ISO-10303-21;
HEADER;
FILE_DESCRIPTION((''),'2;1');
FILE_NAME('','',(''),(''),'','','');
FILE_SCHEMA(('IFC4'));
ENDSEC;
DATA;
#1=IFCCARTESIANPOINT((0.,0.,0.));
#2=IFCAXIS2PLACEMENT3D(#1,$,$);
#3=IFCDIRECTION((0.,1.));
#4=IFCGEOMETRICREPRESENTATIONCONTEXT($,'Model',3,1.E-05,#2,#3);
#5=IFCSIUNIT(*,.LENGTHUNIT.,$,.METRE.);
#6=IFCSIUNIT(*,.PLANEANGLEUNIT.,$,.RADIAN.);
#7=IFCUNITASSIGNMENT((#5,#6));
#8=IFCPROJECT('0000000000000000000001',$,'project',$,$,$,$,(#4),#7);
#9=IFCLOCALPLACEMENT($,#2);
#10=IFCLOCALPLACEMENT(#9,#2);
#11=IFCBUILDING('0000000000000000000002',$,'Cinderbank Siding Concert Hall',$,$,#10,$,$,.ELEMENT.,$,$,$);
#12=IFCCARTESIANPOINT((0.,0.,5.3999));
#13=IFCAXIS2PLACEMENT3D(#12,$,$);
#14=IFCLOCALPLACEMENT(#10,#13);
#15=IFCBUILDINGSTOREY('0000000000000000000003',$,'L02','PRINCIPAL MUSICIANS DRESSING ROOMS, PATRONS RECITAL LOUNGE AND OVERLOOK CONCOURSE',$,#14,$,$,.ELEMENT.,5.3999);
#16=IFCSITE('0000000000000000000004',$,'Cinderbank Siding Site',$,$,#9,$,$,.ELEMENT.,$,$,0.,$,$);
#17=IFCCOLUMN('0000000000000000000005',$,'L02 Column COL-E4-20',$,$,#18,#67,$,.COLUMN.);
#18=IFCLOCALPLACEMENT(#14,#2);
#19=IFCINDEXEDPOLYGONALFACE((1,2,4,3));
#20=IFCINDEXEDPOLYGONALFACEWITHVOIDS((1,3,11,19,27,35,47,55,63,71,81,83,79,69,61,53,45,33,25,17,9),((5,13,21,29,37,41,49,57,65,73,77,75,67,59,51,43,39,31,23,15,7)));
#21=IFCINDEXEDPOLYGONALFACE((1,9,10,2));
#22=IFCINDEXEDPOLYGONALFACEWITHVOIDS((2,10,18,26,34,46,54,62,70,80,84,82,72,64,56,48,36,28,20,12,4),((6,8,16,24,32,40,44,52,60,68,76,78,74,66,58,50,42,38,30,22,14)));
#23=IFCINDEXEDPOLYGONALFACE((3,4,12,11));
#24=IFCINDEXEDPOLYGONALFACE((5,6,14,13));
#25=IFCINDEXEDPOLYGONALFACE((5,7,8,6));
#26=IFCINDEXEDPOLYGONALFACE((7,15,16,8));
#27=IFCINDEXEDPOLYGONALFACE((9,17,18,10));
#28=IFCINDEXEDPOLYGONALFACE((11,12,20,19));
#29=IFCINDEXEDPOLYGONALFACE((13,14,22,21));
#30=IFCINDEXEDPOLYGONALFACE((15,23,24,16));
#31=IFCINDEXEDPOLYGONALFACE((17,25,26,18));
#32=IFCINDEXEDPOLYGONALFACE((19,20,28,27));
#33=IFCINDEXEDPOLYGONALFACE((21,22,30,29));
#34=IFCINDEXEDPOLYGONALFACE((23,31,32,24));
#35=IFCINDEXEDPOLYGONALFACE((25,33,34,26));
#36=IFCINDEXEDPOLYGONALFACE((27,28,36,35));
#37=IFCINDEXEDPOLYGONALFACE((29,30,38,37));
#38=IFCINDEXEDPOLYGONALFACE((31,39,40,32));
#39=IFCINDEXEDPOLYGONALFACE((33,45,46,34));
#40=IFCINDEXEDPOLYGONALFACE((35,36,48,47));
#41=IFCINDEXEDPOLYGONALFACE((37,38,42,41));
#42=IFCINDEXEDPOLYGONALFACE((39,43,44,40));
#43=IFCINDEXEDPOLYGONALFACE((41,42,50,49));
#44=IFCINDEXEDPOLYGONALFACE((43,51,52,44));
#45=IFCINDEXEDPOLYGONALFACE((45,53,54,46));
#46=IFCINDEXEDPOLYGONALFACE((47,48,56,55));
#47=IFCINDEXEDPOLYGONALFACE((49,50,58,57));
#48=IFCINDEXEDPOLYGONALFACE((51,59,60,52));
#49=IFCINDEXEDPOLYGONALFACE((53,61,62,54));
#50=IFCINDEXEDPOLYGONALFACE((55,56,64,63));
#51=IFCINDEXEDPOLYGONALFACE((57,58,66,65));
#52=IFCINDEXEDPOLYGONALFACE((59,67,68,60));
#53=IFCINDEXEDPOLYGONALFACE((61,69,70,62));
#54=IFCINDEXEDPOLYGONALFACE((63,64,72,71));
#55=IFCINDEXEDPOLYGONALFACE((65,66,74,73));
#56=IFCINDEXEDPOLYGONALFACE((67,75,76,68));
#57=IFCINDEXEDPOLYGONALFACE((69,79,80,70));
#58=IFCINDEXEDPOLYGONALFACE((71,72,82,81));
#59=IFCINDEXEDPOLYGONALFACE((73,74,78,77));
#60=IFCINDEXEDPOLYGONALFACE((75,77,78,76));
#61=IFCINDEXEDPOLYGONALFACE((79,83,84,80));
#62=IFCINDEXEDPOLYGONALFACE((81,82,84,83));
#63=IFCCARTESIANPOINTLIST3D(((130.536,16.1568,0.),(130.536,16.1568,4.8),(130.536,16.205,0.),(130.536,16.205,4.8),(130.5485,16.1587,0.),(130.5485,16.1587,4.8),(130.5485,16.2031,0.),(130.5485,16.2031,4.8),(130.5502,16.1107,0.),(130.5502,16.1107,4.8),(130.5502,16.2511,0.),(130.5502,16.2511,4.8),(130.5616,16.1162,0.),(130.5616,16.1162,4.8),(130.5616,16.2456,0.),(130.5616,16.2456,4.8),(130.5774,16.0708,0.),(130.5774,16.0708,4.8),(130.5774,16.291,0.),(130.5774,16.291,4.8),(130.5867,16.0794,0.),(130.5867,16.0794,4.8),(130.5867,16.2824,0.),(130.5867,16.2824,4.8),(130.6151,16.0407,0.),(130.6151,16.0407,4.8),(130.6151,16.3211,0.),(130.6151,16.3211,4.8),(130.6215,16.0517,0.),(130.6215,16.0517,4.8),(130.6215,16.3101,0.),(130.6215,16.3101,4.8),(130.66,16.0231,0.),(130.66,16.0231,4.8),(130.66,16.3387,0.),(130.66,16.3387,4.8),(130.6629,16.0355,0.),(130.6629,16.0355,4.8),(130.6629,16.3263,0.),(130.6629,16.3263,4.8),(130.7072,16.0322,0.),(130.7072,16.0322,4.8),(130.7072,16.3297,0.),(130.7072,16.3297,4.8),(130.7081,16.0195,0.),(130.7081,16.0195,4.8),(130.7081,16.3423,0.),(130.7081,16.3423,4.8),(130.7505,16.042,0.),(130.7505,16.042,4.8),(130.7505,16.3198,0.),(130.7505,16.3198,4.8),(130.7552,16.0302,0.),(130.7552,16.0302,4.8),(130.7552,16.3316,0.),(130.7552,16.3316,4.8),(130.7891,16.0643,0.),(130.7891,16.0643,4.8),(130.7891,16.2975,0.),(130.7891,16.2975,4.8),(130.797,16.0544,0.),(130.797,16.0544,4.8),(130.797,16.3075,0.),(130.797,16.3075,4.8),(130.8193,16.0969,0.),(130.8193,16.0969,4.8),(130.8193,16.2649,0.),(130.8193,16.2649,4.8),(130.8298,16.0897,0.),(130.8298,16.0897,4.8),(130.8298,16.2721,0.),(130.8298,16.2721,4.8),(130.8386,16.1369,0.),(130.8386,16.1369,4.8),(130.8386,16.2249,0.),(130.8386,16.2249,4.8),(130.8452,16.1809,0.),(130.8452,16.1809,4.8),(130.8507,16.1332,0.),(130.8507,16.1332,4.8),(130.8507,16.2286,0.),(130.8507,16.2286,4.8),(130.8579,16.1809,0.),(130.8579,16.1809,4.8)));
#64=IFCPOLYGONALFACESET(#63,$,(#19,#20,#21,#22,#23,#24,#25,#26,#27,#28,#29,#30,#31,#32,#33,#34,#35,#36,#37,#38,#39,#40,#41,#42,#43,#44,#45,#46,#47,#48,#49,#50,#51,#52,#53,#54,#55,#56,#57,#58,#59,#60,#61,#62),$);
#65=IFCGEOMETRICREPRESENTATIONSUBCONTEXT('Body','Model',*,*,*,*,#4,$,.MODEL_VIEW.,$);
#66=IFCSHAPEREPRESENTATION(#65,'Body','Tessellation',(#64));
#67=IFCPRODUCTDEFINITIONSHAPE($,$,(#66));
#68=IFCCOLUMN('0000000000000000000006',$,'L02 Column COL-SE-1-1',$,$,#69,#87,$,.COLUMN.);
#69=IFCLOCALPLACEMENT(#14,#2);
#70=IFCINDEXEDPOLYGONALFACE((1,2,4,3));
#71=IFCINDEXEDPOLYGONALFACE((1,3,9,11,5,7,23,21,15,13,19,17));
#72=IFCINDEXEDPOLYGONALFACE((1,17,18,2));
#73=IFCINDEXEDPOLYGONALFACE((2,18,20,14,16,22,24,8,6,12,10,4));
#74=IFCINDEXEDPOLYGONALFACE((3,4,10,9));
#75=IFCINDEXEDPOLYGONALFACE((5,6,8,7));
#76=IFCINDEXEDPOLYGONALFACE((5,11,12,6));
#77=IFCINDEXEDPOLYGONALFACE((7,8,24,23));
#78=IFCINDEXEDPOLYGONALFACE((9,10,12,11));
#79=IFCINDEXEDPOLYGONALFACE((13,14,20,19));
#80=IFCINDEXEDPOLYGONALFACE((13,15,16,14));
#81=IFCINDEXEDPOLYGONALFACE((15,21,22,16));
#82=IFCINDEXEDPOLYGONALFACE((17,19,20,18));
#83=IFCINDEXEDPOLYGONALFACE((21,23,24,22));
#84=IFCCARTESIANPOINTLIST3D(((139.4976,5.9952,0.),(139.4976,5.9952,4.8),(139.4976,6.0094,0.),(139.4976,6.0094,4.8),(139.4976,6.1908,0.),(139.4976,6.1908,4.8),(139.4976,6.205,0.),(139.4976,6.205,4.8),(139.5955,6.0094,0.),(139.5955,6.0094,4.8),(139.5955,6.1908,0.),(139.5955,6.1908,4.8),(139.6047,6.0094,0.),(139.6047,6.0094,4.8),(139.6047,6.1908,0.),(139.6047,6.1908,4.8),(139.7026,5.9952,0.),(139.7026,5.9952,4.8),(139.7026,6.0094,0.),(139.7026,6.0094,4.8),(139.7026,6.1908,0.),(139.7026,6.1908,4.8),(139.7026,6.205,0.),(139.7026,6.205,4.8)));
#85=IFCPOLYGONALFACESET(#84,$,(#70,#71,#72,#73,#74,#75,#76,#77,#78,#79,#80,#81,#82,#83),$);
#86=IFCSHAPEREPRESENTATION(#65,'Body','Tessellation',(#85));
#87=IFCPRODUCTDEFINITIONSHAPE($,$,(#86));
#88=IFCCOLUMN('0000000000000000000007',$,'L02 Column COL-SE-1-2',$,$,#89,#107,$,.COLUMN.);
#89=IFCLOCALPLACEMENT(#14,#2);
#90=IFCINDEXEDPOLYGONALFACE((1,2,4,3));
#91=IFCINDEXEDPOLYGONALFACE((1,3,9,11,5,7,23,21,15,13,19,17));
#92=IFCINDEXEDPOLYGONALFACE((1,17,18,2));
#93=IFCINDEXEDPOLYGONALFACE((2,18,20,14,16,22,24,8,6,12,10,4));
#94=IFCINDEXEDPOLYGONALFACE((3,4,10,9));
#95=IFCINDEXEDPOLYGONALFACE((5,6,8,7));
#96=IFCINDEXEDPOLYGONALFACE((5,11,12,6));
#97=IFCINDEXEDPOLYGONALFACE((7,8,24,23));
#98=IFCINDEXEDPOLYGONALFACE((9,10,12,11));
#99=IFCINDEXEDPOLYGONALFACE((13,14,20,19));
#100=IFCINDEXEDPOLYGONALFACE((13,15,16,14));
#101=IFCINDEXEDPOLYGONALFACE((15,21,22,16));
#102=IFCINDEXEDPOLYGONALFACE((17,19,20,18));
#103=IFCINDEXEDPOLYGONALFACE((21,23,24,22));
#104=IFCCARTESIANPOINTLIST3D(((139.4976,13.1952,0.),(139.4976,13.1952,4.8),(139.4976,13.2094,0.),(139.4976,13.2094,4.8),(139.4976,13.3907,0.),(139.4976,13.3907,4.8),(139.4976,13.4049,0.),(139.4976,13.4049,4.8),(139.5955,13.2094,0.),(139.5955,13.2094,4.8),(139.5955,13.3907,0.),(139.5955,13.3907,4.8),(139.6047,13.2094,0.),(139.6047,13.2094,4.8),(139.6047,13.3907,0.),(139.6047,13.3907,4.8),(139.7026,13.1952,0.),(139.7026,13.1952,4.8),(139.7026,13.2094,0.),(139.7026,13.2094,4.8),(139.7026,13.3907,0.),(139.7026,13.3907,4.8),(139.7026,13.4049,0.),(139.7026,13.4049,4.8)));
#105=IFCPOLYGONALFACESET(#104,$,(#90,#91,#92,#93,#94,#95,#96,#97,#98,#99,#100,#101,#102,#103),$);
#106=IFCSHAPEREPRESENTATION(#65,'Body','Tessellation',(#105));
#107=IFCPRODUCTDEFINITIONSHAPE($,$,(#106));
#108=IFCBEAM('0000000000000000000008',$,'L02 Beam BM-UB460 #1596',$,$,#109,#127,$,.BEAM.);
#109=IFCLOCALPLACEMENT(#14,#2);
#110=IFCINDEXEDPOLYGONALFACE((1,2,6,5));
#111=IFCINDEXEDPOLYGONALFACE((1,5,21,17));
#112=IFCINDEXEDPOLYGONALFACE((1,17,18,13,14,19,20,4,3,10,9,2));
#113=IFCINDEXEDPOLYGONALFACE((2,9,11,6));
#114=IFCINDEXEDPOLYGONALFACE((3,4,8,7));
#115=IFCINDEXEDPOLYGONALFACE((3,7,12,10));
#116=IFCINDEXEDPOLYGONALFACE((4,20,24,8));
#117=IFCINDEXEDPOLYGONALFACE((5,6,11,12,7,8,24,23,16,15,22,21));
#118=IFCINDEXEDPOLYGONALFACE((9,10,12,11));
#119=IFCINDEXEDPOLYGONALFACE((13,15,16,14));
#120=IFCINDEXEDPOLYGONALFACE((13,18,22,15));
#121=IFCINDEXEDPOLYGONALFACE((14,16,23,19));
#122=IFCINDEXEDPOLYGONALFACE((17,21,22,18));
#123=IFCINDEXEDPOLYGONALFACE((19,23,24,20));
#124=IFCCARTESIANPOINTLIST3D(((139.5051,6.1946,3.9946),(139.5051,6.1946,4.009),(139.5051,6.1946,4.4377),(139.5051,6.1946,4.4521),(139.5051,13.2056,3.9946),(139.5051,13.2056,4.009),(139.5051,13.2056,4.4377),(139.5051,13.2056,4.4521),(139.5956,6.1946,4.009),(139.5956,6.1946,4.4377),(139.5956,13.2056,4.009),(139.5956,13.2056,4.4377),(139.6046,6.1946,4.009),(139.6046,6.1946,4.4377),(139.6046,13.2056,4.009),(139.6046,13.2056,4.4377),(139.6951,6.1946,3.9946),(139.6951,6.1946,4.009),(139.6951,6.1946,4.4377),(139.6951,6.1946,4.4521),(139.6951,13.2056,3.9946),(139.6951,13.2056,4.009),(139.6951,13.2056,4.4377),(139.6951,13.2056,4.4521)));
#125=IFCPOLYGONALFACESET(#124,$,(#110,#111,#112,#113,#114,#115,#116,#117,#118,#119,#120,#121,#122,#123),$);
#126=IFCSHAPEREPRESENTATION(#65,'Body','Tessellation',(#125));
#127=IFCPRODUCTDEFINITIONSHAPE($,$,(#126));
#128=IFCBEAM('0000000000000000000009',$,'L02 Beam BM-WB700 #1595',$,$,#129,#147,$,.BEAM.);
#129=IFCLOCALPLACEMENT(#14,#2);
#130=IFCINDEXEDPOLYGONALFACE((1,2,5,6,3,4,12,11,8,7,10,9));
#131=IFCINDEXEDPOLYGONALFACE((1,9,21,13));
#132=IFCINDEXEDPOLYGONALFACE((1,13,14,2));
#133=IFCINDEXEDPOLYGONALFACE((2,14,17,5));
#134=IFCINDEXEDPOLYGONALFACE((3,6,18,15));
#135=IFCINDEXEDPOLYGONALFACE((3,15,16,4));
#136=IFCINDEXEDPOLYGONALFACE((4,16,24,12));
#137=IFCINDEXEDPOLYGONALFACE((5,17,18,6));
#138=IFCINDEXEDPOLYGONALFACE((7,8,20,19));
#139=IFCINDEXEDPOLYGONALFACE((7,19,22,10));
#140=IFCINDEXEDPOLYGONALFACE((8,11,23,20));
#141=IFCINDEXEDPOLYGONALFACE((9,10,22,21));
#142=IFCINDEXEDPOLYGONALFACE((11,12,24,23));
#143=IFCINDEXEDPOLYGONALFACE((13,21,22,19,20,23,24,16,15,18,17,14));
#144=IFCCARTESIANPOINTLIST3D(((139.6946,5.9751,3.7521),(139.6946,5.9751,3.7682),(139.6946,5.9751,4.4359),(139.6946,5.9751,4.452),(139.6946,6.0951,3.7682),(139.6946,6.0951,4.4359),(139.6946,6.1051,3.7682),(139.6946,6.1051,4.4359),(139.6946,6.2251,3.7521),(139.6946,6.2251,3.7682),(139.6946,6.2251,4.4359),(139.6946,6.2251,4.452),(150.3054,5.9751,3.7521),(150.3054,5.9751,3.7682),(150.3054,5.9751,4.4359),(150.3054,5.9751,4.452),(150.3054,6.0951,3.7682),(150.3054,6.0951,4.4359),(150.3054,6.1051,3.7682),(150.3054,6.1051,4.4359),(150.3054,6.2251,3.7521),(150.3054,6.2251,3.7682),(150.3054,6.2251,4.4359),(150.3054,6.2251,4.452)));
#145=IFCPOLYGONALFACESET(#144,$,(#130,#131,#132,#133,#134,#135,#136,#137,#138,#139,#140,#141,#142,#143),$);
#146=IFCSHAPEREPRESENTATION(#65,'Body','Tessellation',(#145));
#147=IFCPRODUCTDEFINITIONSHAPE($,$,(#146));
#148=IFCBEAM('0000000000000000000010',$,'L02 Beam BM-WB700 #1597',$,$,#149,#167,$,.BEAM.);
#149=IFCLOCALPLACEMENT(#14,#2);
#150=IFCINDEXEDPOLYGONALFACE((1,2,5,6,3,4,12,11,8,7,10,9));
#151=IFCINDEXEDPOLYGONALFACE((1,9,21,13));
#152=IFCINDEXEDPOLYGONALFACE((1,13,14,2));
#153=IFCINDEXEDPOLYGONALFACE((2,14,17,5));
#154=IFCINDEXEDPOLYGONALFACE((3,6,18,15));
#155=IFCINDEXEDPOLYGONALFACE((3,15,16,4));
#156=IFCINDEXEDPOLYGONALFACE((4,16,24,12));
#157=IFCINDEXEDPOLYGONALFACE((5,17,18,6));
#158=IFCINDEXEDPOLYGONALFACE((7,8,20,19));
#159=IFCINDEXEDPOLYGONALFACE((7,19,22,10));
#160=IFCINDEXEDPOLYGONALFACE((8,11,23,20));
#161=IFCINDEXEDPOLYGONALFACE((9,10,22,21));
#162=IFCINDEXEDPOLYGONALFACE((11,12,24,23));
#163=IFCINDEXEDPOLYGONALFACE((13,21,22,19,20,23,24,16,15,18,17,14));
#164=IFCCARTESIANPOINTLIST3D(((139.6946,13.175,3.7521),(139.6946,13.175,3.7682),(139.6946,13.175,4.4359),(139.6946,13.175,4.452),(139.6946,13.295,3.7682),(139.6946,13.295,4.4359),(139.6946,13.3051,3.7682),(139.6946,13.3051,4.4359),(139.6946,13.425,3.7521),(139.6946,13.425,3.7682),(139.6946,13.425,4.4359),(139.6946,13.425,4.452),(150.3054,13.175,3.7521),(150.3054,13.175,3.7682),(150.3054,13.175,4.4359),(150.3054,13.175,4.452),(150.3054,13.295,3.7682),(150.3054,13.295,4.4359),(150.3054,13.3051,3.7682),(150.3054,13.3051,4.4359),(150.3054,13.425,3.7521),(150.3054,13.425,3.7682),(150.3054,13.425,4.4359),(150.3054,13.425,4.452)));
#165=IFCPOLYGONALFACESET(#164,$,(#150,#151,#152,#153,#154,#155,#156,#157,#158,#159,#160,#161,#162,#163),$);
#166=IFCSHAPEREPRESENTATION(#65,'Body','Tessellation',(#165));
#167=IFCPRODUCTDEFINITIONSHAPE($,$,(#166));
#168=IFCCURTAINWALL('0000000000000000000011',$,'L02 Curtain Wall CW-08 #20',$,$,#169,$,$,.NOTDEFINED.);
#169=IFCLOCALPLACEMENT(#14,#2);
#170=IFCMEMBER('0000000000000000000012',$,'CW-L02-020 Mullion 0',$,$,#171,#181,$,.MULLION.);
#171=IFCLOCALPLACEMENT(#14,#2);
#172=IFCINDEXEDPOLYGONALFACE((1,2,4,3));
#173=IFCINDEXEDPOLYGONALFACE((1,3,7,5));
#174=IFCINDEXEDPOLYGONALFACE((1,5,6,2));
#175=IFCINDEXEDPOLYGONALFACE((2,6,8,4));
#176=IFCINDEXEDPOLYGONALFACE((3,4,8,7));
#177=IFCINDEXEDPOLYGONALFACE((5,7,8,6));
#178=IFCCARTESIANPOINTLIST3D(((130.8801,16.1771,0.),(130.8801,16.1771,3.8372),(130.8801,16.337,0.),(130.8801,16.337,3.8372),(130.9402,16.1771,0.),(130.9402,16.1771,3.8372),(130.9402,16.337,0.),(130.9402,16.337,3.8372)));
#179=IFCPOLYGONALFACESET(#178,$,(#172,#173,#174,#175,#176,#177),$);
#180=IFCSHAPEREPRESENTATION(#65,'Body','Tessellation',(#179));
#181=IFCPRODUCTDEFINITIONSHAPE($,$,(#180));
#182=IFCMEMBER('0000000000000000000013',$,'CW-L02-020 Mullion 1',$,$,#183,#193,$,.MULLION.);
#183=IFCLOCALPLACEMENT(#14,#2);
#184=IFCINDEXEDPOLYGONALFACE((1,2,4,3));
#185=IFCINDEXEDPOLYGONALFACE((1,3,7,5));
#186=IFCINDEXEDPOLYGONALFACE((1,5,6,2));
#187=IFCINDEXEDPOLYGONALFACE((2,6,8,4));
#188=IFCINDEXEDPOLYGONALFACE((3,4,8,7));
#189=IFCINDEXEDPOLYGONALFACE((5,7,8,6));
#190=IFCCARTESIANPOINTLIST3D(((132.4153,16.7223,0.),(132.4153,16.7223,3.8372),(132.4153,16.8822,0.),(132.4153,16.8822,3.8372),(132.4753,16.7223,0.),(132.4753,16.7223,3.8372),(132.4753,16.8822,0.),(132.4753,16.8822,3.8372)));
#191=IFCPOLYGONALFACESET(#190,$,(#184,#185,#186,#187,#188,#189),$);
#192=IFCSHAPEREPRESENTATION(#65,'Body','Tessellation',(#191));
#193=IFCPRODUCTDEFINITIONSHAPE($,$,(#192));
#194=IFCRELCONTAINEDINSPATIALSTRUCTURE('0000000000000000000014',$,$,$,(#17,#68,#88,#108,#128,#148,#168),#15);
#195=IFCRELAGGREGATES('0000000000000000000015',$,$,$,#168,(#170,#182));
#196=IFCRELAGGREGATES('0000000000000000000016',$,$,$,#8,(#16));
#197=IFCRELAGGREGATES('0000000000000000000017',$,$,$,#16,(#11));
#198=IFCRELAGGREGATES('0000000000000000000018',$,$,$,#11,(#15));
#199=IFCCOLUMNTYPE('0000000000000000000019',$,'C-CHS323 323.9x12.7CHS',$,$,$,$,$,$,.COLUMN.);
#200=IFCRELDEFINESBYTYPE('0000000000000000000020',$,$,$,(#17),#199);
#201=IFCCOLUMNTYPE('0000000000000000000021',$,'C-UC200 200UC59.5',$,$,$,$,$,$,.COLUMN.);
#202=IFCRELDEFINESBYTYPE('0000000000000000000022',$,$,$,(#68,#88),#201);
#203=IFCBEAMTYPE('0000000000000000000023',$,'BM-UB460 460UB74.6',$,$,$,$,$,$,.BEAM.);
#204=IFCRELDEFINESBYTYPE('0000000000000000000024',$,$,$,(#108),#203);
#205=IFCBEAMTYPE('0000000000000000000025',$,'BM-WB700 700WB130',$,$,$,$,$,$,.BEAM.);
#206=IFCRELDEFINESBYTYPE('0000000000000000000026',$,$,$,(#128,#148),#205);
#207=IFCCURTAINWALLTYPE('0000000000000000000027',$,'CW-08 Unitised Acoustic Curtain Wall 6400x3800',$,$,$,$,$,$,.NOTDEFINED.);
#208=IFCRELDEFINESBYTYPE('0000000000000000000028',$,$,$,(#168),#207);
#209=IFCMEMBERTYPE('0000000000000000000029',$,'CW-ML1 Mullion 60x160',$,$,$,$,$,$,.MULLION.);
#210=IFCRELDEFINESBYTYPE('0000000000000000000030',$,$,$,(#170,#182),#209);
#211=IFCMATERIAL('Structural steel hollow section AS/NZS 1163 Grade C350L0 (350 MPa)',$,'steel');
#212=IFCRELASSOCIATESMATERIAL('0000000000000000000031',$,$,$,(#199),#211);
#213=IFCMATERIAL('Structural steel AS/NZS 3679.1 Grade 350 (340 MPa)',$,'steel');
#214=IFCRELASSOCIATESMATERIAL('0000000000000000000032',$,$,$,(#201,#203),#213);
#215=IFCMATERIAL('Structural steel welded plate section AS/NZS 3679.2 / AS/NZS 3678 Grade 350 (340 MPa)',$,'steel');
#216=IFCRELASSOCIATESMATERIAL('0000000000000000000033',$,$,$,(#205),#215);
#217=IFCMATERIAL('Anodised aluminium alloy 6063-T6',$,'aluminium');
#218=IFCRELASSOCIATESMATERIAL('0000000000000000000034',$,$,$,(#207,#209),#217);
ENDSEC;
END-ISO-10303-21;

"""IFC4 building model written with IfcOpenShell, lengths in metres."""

from ifc_helpers import new_model, si_unit, direction, frame, origin, origin_2d, place, context, subcontext, project, spatial, rectangle, hollow_circle, i_section, extrude, material, material_profile, profile_set, type_object, element, aggregate, save


model = new_model("IFC4")

# Units and contexts
model_context = context("Model", 3, precision=1e-05, world=origin(), true_north=direction((0.0, 1.0)))
body_context = subcontext(model_context, "Body", "Model", "MODEL_VIEW")
ifc_project = project(units=[si_unit("LENGTHUNIT", "METRE"), si_unit("PLANEANGLEUNIT", "RADIAN")], contexts=[model_context])

# Site, building, storey
site_placement = place(None, origin())
site = spatial("IfcSite", under=ifc_project, at=site_placement, Name="Cinderbank Siding Site", CompositionType="ELEMENT", RefElevation=0.0)
building_placement = place(site_placement, origin())
building = spatial("IfcBuilding", under=site, at=building_placement, Name="Cinderbank Siding Concert Hall", CompositionType="ELEMENT")
storey_placement = place(building_placement, frame((0.0, 0.0, 5.3999)))
storey = spatial("IfcBuildingStorey", under=building, at=storey_placement, Name="L02", Description="PRINCIPAL MUSICIANS DRESSING ROOMS, PATRONS RECITAL LOUNGE AND OVERLOOK CONCOURSE", CompositionType="ELEMENT", Elevation=5.3999)

# Columns
ifc_material_1 = material(Name="Structural steel hollow section AS/NZS 1163 Grade C350L0 (350 MPa)", Category="steel")
ifc_material_profile_1 = material_profile(ifc_material_1, hollow_circle(Radius=0.1619, WallThickness=0.0127, at=origin_2d()), Name="323.9x12.7CHS", Category="LoadBearing")
ifc_profile_set_1 = profile_set([ifc_material_profile_1], Name="Structural steel hollow section AS/NZS 1163 Grade C350L0 (350 MPa)")
column_type_1 = type_object("IfcColumnType", Name="C-CHS323 323.9x12.7CHS", PredefinedType="COLUMN", material=ifc_profile_set_1)
column_placement = place(storey_placement, frame((130.696, 16.1809, 0.0), z_axis=(0.0, 0.0, 1.0), x_axis=(1.0, 0.0, 0.0)))
element("IfcColumn", 1, at=column_placement, inside=storey, type_object=column_type_1, Name="L02 Column COL-E4-20", PredefinedType="COLUMN", context=body_context, shape_type="SweptSolid", body=[
    extrude(hollow_circle(Radius=0.1619, WallThickness=0.0127, at=origin_2d()), origin(), (0.0, 0.0, 1.0), 4.8),
])
ifc_material_2 = material(Name="Structural steel AS/NZS 3679.1 Grade 350 (340 MPa)", Category="steel")
ifc_material_profile_2 = material_profile(ifc_material_2, i_section(OverallWidth=0.2051, OverallDepth=0.2097, WebThickness=0.0093, FlangeThickness=0.0142, at=origin_2d()), Name="200UC59.5", Category="LoadBearing")
ifc_profile_set_2 = profile_set([ifc_material_profile_2], Name="Structural steel AS/NZS 3679.1 Grade 350 (340 MPa)")
column_type_2 = type_object("IfcColumnType", Name="C-UC200 200UC59.5", PredefinedType="COLUMN", material=ifc_profile_set_2)
for number, where, z_axis, x_axis, name in (
    (2, (139.6001, 6.1001, 0.0), (0.0, 0.0, 1.0), (1.0, 0.0, 0.0), "L02 Column COL-SE-1-1"),
    (3, (139.6001, 13.3, 0.0), (0.0, 0.0, 1.0), (1.0, 0.0, 0.0), "L02 Column COL-SE-1-2"),
):
    element("IfcColumn", number, at=place(storey_placement, frame(where, z_axis=z_axis, x_axis=x_axis)), inside=storey, type_object=column_type_2, Name=name, PredefinedType="COLUMN", context=body_context, shape_type="SweptSolid", body=[
        extrude(i_section(OverallWidth=0.2051, OverallDepth=0.2097, WebThickness=0.0093, FlangeThickness=0.0142, at=origin_2d()), origin(), (0.0, 0.0, 1.0), 4.8),
    ])

# Beams
ifc_material_profile_3 = material_profile(ifc_material_2, i_section(OverallWidth=0.1899, OverallDepth=0.4575, WebThickness=0.009, FlangeThickness=0.0144, at=origin_2d()), Name="460UB74.6", Category="LoadBearing")
ifc_profile_set_3 = profile_set([ifc_material_profile_3], Name="Structural steel AS/NZS 3679.1 Grade 350 (340 MPa)")
beam_type_1 = type_object("IfcBeamType", Name="BM-UB460 460UB74.6", PredefinedType="BEAM", material=ifc_profile_set_3)
beam_1_placement = place(storey_placement, frame((139.6001, 6.1946, 4.2234), z_axis=(0.0, 1.0, 0.0), x_axis=(-1.0, 0.0, 0.0)))
element("IfcBeam", 4, at=beam_1_placement, inside=storey, type_object=beam_type_1, Name="L02 Beam BM-UB460 #1596", PredefinedType="BEAM", context=body_context, shape_type="SweptSolid", body=[
    extrude(i_section(OverallWidth=0.1899, OverallDepth=0.4575, WebThickness=0.009, FlangeThickness=0.0144, at=origin_2d()), origin(), (0.0, 0.0, 1.0), 7.011),
])
ifc_material_3 = material(Name="Structural steel welded plate section AS/NZS 3679.2 / AS/NZS 3678 Grade 350 (340 MPa)", Category="steel")
ifc_material_profile_4 = material_profile(ifc_material_3, i_section(OverallWidth=0.25, OverallDepth=0.7, WebThickness=0.01, FlangeThickness=0.0161, at=origin_2d()), Name="700WB130", Category="LoadBearing")
ifc_profile_set_4 = profile_set([ifc_material_profile_4], Name="Structural steel welded plate section AS/NZS 3679.2 / AS/NZS 3678 Grade 350 (340 MPa)")
beam_type_2 = type_object("IfcBeamType", Name="BM-WB700 700WB130", PredefinedType="BEAM", material=ifc_profile_set_4)
for number, where, z_axis, x_axis, name in (
    (5, (139.6946, 6.1001, 4.1021), (1.0, 0.0, 0.0), (0.0, 1.0, 0.0), "L02 Beam BM-WB700 #1595"),
    (6, (139.6946, 13.3, 4.1021), (1.0, 0.0, 0.0), (0.0, 1.0, 0.0), "L02 Beam BM-WB700 #1597"),
):
    element("IfcBeam", number, at=place(storey_placement, frame(where, z_axis=z_axis, x_axis=x_axis)), inside=storey, type_object=beam_type_2, Name=name, PredefinedType="BEAM", context=body_context, shape_type="SweptSolid", body=[
        extrude(i_section(OverallWidth=0.25, OverallDepth=0.7, WebThickness=0.01, FlangeThickness=0.0161, at=origin_2d()), origin(), (0.0, 0.0, 1.0), 10.6108),
    ])

# Curtain wall, members
ifc_material_4 = material(Name="Anodised aluminium alloy 6063-T6", Category="aluminium")
curtain_wall_type_1 = type_object("IfcCurtainWallType", Name="CW-08 Unitised Acoustic Curtain Wall 6400x3800", PredefinedType="NOTDEFINED", material=ifc_material_4)
curtain_wall_1_placement = place(storey_placement, origin())
curtain_wall_1 = element("IfcCurtainWall", 7, at=curtain_wall_1_placement, inside=storey, type_object=curtain_wall_type_1, Name="L02 Curtain Wall CW-08 #20", PredefinedType="NOTDEFINED")
ifc_material_profile_5 = material_profile(ifc_material_4, rectangle(XDim=0.0601, YDim=0.1599, at=origin_2d()), Name="ALU-MULL-60x160", Category="LoadBearing")
ifc_profile_set_5 = profile_set([ifc_material_profile_5], Name="Anodised aluminium alloy 6063-T6")
member_type_1 = type_object("IfcMemberType", Name="CW-ML1 Mullion 60x160", PredefinedType="MULLION", material=ifc_profile_set_5)
member_1_placement = place(storey_placement, frame((130.9102, 16.2571, 0.0), z_axis=(0.0, 0.0, 1.0), x_axis=(1.0, 0.0, 0.0)))
member_1 = element("IfcMember", 8, at=member_1_placement, type_object=member_type_1, Name="CW-L02-020 Mullion 0", PredefinedType="MULLION", context=body_context, shape_type="SweptSolid", body=[
    extrude(rectangle(XDim=0.0601, YDim=0.1599, at=origin_2d()), origin(), (0.0, 0.0, 1.0), 3.8372),
])
member_2_placement = place(storey_placement, frame((132.4453, 16.8022, 0.0), z_axis=(0.0, 0.0, 1.0), x_axis=(1.0, 0.0, 0.0)))
member_2 = element("IfcMember", 9, at=member_2_placement, type_object=member_type_1, Name="CW-L02-020 Mullion 1", PredefinedType="MULLION", context=body_context, shape_type="SweptSolid", body=[
    extrude(rectangle(XDim=0.0601, YDim=0.1599, at=origin_2d()), origin(), (0.0, 0.0, 1.0), 3.8372),
])

aggregate(curtain_wall_1, [member_1, member_2])

save(model, "model.ifc")
